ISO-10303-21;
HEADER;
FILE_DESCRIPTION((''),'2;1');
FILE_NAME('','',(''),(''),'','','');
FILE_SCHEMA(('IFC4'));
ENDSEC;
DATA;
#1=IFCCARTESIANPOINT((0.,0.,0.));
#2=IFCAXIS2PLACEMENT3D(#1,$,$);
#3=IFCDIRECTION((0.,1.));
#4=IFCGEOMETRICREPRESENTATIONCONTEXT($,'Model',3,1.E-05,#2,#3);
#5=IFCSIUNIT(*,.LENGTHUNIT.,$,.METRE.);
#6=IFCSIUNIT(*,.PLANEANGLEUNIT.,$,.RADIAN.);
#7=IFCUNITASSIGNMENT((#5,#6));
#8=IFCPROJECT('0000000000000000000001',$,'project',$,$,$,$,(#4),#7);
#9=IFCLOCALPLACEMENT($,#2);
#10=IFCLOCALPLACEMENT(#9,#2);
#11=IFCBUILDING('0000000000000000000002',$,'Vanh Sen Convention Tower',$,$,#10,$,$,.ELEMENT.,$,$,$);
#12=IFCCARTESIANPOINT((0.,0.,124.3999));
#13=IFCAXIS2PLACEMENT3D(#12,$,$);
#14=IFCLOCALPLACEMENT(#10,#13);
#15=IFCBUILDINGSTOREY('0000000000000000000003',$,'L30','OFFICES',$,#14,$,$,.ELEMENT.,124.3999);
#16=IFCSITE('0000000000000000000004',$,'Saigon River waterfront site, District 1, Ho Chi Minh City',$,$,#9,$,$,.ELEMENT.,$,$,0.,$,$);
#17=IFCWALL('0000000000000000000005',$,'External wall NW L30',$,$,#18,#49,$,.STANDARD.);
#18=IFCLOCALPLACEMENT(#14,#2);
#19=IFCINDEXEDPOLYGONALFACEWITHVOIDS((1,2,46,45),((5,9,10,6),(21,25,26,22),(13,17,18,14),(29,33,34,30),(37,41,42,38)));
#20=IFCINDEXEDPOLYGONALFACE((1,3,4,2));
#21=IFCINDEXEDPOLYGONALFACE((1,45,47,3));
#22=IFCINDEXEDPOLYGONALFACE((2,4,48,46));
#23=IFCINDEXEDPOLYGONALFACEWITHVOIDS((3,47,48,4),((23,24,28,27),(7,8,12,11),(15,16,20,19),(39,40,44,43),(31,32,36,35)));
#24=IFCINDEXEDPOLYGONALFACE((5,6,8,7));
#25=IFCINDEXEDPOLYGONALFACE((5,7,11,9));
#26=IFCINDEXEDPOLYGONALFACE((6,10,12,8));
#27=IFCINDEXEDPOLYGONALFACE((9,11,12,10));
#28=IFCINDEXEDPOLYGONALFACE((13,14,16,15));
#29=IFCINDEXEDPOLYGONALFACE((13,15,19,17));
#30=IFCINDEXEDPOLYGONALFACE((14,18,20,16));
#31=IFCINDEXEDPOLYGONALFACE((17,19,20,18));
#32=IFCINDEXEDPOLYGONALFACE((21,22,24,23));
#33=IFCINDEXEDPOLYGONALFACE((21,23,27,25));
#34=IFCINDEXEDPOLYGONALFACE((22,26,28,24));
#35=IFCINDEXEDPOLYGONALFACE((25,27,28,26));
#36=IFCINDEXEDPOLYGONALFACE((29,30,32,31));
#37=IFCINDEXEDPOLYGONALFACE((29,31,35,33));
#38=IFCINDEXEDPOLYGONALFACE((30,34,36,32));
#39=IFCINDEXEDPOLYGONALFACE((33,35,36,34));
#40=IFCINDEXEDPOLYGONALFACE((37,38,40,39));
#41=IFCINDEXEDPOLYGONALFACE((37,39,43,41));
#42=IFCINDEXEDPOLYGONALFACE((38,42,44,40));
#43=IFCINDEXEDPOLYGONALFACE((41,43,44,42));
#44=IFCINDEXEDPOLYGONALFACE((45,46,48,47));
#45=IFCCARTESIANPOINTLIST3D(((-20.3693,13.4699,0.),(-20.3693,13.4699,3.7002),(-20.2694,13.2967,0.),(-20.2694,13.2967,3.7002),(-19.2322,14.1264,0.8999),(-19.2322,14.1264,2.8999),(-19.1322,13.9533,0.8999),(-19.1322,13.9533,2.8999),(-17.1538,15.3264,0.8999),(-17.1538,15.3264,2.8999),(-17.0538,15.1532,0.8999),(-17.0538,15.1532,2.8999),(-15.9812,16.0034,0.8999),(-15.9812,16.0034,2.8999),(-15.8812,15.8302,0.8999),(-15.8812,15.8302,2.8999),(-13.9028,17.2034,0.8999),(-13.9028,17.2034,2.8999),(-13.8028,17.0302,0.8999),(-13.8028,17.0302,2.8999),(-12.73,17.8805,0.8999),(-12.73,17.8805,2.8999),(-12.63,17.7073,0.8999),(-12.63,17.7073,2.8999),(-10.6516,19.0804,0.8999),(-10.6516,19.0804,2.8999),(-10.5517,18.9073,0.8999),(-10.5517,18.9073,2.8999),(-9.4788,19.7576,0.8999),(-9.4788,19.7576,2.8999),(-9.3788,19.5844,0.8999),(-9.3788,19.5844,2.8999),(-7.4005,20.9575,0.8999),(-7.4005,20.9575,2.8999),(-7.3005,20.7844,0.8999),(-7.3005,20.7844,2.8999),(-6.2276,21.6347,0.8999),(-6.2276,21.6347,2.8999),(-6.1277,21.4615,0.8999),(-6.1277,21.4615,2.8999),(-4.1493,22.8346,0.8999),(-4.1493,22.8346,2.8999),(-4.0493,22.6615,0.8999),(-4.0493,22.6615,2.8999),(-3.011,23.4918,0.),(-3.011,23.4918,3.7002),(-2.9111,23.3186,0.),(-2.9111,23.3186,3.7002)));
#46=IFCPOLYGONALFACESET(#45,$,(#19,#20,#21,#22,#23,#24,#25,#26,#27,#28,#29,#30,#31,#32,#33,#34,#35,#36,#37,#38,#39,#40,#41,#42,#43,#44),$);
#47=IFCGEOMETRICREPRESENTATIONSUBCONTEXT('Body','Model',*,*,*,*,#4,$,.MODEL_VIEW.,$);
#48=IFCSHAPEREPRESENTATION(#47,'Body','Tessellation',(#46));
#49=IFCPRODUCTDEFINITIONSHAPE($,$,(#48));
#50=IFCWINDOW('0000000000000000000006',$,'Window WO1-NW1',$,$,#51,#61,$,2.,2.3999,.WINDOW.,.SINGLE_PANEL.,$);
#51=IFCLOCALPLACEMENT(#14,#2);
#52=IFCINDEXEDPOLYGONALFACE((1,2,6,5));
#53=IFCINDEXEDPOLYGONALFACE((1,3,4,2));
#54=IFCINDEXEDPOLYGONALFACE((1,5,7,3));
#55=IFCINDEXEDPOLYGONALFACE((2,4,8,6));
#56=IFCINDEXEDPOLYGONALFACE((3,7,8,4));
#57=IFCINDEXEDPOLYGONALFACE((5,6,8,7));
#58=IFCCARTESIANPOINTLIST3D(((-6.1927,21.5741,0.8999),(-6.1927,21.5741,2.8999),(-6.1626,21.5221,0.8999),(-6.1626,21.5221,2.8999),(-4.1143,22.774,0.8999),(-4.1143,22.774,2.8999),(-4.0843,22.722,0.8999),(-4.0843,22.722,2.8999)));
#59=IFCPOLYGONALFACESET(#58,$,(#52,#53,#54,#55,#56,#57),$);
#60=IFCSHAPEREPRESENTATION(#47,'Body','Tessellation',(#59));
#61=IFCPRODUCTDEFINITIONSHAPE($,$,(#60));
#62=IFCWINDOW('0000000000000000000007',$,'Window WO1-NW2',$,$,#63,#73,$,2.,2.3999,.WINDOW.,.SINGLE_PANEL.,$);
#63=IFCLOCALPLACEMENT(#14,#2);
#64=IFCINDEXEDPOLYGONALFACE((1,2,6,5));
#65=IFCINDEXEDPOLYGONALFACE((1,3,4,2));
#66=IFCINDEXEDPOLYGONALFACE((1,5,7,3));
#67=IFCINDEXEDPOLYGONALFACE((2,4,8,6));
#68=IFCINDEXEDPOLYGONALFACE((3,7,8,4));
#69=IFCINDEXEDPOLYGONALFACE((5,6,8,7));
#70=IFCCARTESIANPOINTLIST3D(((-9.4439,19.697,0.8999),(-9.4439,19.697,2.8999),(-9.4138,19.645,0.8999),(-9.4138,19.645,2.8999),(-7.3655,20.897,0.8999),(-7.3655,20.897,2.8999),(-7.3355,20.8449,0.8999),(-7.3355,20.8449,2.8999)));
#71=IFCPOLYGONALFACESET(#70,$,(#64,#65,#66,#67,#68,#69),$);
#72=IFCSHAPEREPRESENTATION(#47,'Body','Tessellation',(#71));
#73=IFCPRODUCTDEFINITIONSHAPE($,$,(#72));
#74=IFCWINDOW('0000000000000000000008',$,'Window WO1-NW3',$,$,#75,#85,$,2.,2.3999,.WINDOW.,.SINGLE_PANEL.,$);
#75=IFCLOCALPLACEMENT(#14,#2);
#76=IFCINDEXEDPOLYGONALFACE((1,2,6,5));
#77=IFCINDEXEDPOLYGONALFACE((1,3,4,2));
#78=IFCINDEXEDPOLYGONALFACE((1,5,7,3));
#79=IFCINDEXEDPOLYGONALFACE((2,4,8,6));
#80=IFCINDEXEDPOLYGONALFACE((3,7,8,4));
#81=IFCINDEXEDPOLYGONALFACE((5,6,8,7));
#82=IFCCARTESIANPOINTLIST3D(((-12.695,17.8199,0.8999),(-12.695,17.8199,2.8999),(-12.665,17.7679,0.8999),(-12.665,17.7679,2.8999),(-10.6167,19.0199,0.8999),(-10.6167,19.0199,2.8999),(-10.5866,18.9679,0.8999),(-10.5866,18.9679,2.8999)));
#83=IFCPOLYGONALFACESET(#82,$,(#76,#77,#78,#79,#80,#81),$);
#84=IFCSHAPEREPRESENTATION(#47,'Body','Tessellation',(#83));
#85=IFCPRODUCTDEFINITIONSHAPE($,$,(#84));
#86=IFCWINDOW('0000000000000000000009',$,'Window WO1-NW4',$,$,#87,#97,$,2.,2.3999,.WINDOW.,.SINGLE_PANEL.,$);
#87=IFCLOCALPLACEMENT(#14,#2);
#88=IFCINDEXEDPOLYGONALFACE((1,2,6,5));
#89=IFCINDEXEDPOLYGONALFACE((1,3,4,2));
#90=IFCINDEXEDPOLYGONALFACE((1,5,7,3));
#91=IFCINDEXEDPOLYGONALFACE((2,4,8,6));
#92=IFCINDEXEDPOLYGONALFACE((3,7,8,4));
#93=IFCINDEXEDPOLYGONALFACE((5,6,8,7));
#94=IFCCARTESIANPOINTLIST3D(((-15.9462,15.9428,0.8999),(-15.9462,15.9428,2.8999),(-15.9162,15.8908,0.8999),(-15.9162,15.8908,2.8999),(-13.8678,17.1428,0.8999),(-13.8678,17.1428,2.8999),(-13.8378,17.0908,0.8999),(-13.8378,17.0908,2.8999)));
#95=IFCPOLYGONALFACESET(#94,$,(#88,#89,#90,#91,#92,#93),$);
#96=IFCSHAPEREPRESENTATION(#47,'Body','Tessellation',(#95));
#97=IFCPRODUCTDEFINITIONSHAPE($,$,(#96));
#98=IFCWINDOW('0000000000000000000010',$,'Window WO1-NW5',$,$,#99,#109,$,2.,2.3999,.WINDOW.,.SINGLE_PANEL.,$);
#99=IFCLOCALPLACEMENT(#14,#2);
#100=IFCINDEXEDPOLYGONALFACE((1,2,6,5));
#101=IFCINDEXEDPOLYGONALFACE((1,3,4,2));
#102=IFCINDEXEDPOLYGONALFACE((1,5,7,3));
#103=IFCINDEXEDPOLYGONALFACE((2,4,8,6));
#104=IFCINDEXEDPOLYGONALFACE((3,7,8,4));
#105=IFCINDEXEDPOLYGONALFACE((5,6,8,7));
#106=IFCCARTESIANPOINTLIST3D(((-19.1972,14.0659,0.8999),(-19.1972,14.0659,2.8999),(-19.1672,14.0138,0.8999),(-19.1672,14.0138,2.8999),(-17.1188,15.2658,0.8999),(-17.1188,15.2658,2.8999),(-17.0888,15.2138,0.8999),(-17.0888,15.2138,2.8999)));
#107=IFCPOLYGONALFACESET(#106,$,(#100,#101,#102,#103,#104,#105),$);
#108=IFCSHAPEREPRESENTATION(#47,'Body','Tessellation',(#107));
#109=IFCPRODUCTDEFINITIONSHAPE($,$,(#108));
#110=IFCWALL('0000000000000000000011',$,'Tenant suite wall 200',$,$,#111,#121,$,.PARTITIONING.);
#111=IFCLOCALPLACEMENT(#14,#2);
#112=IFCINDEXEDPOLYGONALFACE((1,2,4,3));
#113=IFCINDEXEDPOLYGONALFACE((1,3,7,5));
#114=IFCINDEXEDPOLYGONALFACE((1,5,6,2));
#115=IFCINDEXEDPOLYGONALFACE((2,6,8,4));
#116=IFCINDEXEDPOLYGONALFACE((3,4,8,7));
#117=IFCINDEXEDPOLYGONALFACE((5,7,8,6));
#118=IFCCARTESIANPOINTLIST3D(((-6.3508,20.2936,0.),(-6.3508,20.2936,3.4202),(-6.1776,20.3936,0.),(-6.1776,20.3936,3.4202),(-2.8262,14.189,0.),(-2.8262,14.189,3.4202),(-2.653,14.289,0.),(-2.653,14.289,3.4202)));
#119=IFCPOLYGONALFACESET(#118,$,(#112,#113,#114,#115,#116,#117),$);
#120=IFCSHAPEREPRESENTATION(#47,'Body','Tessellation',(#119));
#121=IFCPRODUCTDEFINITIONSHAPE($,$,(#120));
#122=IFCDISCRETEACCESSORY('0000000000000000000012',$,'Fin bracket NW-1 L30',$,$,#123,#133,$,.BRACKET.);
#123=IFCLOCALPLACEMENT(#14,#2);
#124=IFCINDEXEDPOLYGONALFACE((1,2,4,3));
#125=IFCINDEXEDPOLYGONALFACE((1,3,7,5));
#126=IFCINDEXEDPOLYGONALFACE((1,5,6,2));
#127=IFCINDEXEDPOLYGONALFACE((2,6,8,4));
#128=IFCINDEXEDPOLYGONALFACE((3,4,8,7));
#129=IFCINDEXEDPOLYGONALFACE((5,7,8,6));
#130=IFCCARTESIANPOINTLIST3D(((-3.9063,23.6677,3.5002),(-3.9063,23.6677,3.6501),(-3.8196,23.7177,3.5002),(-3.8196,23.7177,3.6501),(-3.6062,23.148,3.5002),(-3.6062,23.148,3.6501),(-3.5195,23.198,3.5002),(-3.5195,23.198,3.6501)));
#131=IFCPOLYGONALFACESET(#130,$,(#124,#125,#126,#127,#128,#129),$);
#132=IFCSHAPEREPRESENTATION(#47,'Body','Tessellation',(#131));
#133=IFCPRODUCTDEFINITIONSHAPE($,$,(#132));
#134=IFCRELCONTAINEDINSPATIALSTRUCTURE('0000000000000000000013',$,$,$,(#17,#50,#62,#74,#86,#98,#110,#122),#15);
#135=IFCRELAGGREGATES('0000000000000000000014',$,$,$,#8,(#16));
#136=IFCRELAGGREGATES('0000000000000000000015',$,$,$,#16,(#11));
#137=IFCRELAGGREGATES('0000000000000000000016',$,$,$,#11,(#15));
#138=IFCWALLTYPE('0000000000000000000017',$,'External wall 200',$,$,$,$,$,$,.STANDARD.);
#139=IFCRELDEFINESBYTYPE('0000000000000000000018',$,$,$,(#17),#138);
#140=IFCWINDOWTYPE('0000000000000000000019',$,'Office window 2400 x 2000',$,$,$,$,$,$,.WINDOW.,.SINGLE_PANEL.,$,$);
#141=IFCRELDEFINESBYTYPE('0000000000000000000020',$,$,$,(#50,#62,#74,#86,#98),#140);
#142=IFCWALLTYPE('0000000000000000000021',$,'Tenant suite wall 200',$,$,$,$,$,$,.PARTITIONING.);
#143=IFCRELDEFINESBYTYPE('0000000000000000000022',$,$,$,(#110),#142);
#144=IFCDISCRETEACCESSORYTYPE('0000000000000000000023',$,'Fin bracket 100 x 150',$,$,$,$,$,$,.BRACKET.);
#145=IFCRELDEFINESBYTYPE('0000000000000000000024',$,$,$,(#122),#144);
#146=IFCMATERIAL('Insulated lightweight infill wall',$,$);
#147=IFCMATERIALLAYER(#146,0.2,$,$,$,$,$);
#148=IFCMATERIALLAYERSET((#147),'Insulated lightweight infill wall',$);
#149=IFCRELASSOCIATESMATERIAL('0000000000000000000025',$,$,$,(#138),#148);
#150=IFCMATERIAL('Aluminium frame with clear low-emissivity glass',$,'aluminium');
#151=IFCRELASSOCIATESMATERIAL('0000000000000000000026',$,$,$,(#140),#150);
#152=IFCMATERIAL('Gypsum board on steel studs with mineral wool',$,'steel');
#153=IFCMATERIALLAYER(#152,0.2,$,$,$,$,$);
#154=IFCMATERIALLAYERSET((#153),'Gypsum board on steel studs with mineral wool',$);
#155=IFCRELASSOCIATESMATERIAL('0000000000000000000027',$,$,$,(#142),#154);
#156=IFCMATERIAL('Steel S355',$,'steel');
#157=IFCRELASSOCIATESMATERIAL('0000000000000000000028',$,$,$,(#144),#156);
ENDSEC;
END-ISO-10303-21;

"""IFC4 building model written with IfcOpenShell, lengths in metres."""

from ifc_helpers import new_model, si_unit, direction, frame, frame_2d, origin, origin_2d, place, context, subcontext, project, spatial, rectangle, extrude, material, layer, layer_set, type_object, element, fill, save


model = new_model("IFC4")

# Units and contexts
model_context = context("Model", 3, precision=1e-05, world=origin(), true_north=direction((0.0, 1.0)))
body_context = subcontext(model_context, "Body", "Model", "MODEL_VIEW")
ifc_project = project(units=[si_unit("LENGTHUNIT", "METRE"), si_unit("PLANEANGLEUNIT", "RADIAN")], contexts=[model_context])

# Site, building, storey
site_placement = place(None, origin())
site = spatial("IfcSite", under=ifc_project, at=site_placement, Name="Saigon River waterfront site, District 1, Ho Chi Minh City", CompositionType="ELEMENT", RefElevation=0.0)
building_placement = place(site_placement, origin())
building = spatial("IfcBuilding", under=site, at=building_placement, Name="Vanh Sen Convention Tower", CompositionType="ELEMENT")
storey_placement = place(building_placement, frame((0.0, 0.0, 124.3999)))
storey = spatial("IfcBuildingStorey", under=building, at=storey_placement, Name="L30", Description="OFFICES", CompositionType="ELEMENT", Elevation=124.3999)

# Shared definitions
ifc_material_1 = material(Name="Gypsum board on steel studs with mineral wool", Category="steel")

# Wall, openings, windows
ifc_material_2 = material(Name="Insulated lightweight infill wall")
ifc_layer_1 = layer(ifc_material_2, 0.2)
ifc_layer_set_1 = layer_set([ifc_layer_1], Name="Insulated lightweight infill wall")
wall_type_1 = type_object("IfcWallType", Name="External wall 200", PredefinedType="STANDARD", material=ifc_layer_set_1)
wall_1_placement = place(storey_placement, frame((-2.9609, 23.4053, 0.0), z_axis=(0.0, 0.0, 1.0), x_axis=(-0.866023, -0.500004, 0.0)))
wall_1 = element("IfcWall", 1, at=wall_1_placement, inside=storey, type_object=wall_type_1, Name="External wall NW L30", PredefinedType="STANDARD", context=body_context, shape_type="SweptSolid", body=[
    extrude(rectangle(XDim=20.0437, YDim=0.2, at=frame_2d((10.022, 0.0))), origin(), (0.0, 0.0, 1.0), 3.7002),
])
opening_1_placement = place(wall_1_placement, frame((1.3145, 0.0, 0.8999)))
opening_1 = element("IfcOpeningElement", 2, at=opening_1_placement, cuts=wall_1, PredefinedType="OPENING", context=body_context, shape_type="SweptSolid", body=[
    extrude(rectangle(XDim=2.3999, YDim=2.0, at=frame_2d((1.2, 1.0))), frame((0.0, 0.1099, 0.0), z_axis=(0.0, -1.0, 0.0), x_axis=(1.0, 0.0, 0.0)), (0.0, 0.0, 1.0), 0.22),
])
opening_2_placement = place(wall_1_placement, frame((5.0686, 0.0, 0.8999)))
opening_2 = element("IfcOpeningElement", 3, at=opening_2_placement, cuts=wall_1, PredefinedType="OPENING", context=body_context, shape_type="SweptSolid", body=[
    extrude(rectangle(XDim=2.3999, YDim=2.0, at=frame_2d((1.2, 1.0))), frame((0.0, 0.1099, 0.0), z_axis=(0.0, -1.0, 0.0), x_axis=(1.0, 0.0, 0.0)), (0.0, 0.0, 1.0), 0.22),
])
opening_3_placement = place(wall_1_placement, frame((8.8228, 0.0, 0.8999)))
opening_3 = element("IfcOpeningElement", 4, at=opening_3_placement, cuts=wall_1, PredefinedType="OPENING", context=body_context, shape_type="SweptSolid", body=[
    extrude(rectangle(XDim=2.3999, YDim=2.0, at=frame_2d((1.2, 1.0))), frame((0.0, 0.1099, 0.0), z_axis=(0.0, -1.0, 0.0), x_axis=(1.0, 0.0, 0.0)), (0.0, 0.0, 1.0), 0.22),
])
opening_4_placement = place(wall_1_placement, frame((12.5769, 0.0, 0.8999)))
opening_4 = element("IfcOpeningElement", 5, at=opening_4_placement, cuts=wall_1, PredefinedType="OPENING", context=body_context, shape_type="SweptSolid", body=[
    extrude(rectangle(XDim=2.3999, YDim=2.0, at=frame_2d((1.2, 1.0))), frame((0.0, 0.1099, 0.0), z_axis=(0.0, -1.0, 0.0), x_axis=(1.0, 0.0, 0.0)), (0.0, 0.0, 1.0), 0.22),
])
opening_5_placement = place(wall_1_placement, frame((16.3308, 0.0, 0.8999)))
opening_5 = element("IfcOpeningElement", 6, at=opening_5_placement, cuts=wall_1, PredefinedType="OPENING", context=body_context, shape_type="SweptSolid", body=[
    extrude(rectangle(XDim=2.3999, YDim=2.0, at=frame_2d((1.2, 1.0))), frame((0.0, 0.1099, 0.0), z_axis=(0.0, -1.0, 0.0), x_axis=(1.0, 0.0, 0.0)), (0.0, 0.0, 1.0), 0.22),
])
ifc_material_3 = material(Name="Aluminium frame with clear low-emissivity glass", Category="aluminium")
window_type = type_object("IfcWindowType", Name="Office window 2400 x 2000", PartitioningType="SINGLE_PANEL", PredefinedType="WINDOW", material=ifc_material_3)
window_1_placement = place(opening_1_placement, origin())
window_1 = element("IfcWindow", 7, at=window_1_placement, inside=storey, type_object=window_type, Name="Window WO1-NW1", OverallHeight=2.0, OverallWidth=2.3999, PartitioningType="SINGLE_PANEL", PredefinedType="WINDOW", context=body_context, shape_type="SweptSolid", body=[
    extrude(rectangle(XDim=2.3999, YDim=2.0, at=frame_2d((1.2, 1.0))), frame((0.0, 0.03, 0.0), z_axis=(0.0, -1.0, 0.0), x_axis=(1.0, 0.0, 0.0)), (0.0, 0.0, 1.0), 0.0601),
])
fill(opening_1, window_1)
window_2_placement = place(opening_2_placement, origin())
window_2 = element("IfcWindow", 8, at=window_2_placement, inside=storey, type_object=window_type, Name="Window WO1-NW2", OverallHeight=2.0, OverallWidth=2.3999, PartitioningType="SINGLE_PANEL", PredefinedType="WINDOW", context=body_context, shape_type="SweptSolid", body=[
    extrude(rectangle(XDim=2.3999, YDim=2.0, at=frame_2d((1.2, 1.0))), frame((0.0, 0.03, 0.0), z_axis=(0.0, -1.0, 0.0), x_axis=(1.0, 0.0, 0.0)), (0.0, 0.0, 1.0), 0.0601),
])
fill(opening_2, window_2)
window_3_placement = place(opening_3_placement, origin())
window_3 = element("IfcWindow", 9, at=window_3_placement, inside=storey, type_object=window_type, Name="Window WO1-NW3", OverallHeight=2.0, OverallWidth=2.3999, PartitioningType="SINGLE_PANEL", PredefinedType="WINDOW", context=body_context, shape_type="SweptSolid", body=[
    extrude(rectangle(XDim=2.3999, YDim=2.0, at=frame_2d((1.2, 1.0))), frame((0.0, 0.03, 0.0), z_axis=(0.0, -1.0, 0.0), x_axis=(1.0, 0.0, 0.0)), (0.0, 0.0, 1.0), 0.0601),
])
fill(opening_3, window_3)
window_4_placement = place(opening_4_placement, origin())
window_4 = element("IfcWindow", 10, at=window_4_placement, inside=storey, type_object=window_type, Name="Window WO1-NW4", OverallHeight=2.0, OverallWidth=2.3999, PartitioningType="SINGLE_PANEL", PredefinedType="WINDOW", context=body_context, shape_type="SweptSolid", body=[
    extrude(rectangle(XDim=2.3999, YDim=2.0, at=frame_2d((1.2, 1.0))), frame((0.0, 0.03, 0.0), z_axis=(0.0, -1.0, 0.0), x_axis=(1.0, 0.0, 0.0)), (0.0, 0.0, 1.0), 0.0601),
])
fill(opening_4, window_4)
window_5_placement = place(opening_5_placement, origin())
window_5 = element("IfcWindow", 11, at=window_5_placement, inside=storey, type_object=window_type, Name="Window WO1-NW5", OverallHeight=2.0, OverallWidth=2.3999, PartitioningType="SINGLE_PANEL", PredefinedType="WINDOW", context=body_context, shape_type="SweptSolid", body=[
    extrude(rectangle(XDim=2.3999, YDim=2.0, at=frame_2d((1.2, 1.0))), frame((0.0, 0.03, 0.0), z_axis=(0.0, -1.0, 0.0), x_axis=(1.0, 0.0, 0.0)), (0.0, 0.0, 1.0), 0.0601),
])
fill(opening_5, window_5)

# Wall
ifc_layer_2 = layer(ifc_material_1, 0.2)
ifc_layer_set_2 = layer_set([ifc_layer_2], Name="Gypsum board on steel studs with mineral wool")
wall_type_2 = type_object("IfcWallType", Name="Tenant suite wall 200", PredefinedType="PARTITIONING", material=ifc_layer_set_2)
wall_2_placement = place(storey_placement, frame((-6.2642, 20.3435, 0.0), z_axis=(0.0, 0.0, 1.0), x_axis=(0.500009, -0.86602, 0.0)))
element("IfcWall", 12, at=wall_2_placement, inside=storey, type_object=wall_type_2, Name="Tenant suite wall 200", PredefinedType="PARTITIONING", context=body_context, shape_type="SweptSolid", body=[
    extrude(rectangle(XDim=7.0491, YDim=0.2, at=frame_2d((3.5244, 0.0))), origin(), (0.0, 0.0, 1.0), 3.4202),
])

# Discrete accessory
ifc_material_4 = material(Name="Steel S355", Category="steel")
discrete_accessory_type = type_object("IfcDiscreteAccessoryType", Name="Fin bracket 100 x 150", PredefinedType="BRACKET", material=ifc_material_4)
discrete_accessory_placement = place(storey_placement, frame((-3.7129, 23.4329, 3.5002), z_axis=(0.0, 0.0, 1.0), x_axis=(-0.5, 0.866025, 0.0)))
element("IfcDiscreteAccessory", 13, at=discrete_accessory_placement, inside=storey, type_object=discrete_accessory_type, Name="Fin bracket NW-1 L30", PredefinedType="BRACKET", context=body_context, shape_type="SweptSolid", body=[
    extrude(rectangle(XDim=0.6001, YDim=0.1001, at=origin_2d()), origin(), (0.0, 0.0, 1.0), 0.1499),
])

save(model, "model.ifc")
